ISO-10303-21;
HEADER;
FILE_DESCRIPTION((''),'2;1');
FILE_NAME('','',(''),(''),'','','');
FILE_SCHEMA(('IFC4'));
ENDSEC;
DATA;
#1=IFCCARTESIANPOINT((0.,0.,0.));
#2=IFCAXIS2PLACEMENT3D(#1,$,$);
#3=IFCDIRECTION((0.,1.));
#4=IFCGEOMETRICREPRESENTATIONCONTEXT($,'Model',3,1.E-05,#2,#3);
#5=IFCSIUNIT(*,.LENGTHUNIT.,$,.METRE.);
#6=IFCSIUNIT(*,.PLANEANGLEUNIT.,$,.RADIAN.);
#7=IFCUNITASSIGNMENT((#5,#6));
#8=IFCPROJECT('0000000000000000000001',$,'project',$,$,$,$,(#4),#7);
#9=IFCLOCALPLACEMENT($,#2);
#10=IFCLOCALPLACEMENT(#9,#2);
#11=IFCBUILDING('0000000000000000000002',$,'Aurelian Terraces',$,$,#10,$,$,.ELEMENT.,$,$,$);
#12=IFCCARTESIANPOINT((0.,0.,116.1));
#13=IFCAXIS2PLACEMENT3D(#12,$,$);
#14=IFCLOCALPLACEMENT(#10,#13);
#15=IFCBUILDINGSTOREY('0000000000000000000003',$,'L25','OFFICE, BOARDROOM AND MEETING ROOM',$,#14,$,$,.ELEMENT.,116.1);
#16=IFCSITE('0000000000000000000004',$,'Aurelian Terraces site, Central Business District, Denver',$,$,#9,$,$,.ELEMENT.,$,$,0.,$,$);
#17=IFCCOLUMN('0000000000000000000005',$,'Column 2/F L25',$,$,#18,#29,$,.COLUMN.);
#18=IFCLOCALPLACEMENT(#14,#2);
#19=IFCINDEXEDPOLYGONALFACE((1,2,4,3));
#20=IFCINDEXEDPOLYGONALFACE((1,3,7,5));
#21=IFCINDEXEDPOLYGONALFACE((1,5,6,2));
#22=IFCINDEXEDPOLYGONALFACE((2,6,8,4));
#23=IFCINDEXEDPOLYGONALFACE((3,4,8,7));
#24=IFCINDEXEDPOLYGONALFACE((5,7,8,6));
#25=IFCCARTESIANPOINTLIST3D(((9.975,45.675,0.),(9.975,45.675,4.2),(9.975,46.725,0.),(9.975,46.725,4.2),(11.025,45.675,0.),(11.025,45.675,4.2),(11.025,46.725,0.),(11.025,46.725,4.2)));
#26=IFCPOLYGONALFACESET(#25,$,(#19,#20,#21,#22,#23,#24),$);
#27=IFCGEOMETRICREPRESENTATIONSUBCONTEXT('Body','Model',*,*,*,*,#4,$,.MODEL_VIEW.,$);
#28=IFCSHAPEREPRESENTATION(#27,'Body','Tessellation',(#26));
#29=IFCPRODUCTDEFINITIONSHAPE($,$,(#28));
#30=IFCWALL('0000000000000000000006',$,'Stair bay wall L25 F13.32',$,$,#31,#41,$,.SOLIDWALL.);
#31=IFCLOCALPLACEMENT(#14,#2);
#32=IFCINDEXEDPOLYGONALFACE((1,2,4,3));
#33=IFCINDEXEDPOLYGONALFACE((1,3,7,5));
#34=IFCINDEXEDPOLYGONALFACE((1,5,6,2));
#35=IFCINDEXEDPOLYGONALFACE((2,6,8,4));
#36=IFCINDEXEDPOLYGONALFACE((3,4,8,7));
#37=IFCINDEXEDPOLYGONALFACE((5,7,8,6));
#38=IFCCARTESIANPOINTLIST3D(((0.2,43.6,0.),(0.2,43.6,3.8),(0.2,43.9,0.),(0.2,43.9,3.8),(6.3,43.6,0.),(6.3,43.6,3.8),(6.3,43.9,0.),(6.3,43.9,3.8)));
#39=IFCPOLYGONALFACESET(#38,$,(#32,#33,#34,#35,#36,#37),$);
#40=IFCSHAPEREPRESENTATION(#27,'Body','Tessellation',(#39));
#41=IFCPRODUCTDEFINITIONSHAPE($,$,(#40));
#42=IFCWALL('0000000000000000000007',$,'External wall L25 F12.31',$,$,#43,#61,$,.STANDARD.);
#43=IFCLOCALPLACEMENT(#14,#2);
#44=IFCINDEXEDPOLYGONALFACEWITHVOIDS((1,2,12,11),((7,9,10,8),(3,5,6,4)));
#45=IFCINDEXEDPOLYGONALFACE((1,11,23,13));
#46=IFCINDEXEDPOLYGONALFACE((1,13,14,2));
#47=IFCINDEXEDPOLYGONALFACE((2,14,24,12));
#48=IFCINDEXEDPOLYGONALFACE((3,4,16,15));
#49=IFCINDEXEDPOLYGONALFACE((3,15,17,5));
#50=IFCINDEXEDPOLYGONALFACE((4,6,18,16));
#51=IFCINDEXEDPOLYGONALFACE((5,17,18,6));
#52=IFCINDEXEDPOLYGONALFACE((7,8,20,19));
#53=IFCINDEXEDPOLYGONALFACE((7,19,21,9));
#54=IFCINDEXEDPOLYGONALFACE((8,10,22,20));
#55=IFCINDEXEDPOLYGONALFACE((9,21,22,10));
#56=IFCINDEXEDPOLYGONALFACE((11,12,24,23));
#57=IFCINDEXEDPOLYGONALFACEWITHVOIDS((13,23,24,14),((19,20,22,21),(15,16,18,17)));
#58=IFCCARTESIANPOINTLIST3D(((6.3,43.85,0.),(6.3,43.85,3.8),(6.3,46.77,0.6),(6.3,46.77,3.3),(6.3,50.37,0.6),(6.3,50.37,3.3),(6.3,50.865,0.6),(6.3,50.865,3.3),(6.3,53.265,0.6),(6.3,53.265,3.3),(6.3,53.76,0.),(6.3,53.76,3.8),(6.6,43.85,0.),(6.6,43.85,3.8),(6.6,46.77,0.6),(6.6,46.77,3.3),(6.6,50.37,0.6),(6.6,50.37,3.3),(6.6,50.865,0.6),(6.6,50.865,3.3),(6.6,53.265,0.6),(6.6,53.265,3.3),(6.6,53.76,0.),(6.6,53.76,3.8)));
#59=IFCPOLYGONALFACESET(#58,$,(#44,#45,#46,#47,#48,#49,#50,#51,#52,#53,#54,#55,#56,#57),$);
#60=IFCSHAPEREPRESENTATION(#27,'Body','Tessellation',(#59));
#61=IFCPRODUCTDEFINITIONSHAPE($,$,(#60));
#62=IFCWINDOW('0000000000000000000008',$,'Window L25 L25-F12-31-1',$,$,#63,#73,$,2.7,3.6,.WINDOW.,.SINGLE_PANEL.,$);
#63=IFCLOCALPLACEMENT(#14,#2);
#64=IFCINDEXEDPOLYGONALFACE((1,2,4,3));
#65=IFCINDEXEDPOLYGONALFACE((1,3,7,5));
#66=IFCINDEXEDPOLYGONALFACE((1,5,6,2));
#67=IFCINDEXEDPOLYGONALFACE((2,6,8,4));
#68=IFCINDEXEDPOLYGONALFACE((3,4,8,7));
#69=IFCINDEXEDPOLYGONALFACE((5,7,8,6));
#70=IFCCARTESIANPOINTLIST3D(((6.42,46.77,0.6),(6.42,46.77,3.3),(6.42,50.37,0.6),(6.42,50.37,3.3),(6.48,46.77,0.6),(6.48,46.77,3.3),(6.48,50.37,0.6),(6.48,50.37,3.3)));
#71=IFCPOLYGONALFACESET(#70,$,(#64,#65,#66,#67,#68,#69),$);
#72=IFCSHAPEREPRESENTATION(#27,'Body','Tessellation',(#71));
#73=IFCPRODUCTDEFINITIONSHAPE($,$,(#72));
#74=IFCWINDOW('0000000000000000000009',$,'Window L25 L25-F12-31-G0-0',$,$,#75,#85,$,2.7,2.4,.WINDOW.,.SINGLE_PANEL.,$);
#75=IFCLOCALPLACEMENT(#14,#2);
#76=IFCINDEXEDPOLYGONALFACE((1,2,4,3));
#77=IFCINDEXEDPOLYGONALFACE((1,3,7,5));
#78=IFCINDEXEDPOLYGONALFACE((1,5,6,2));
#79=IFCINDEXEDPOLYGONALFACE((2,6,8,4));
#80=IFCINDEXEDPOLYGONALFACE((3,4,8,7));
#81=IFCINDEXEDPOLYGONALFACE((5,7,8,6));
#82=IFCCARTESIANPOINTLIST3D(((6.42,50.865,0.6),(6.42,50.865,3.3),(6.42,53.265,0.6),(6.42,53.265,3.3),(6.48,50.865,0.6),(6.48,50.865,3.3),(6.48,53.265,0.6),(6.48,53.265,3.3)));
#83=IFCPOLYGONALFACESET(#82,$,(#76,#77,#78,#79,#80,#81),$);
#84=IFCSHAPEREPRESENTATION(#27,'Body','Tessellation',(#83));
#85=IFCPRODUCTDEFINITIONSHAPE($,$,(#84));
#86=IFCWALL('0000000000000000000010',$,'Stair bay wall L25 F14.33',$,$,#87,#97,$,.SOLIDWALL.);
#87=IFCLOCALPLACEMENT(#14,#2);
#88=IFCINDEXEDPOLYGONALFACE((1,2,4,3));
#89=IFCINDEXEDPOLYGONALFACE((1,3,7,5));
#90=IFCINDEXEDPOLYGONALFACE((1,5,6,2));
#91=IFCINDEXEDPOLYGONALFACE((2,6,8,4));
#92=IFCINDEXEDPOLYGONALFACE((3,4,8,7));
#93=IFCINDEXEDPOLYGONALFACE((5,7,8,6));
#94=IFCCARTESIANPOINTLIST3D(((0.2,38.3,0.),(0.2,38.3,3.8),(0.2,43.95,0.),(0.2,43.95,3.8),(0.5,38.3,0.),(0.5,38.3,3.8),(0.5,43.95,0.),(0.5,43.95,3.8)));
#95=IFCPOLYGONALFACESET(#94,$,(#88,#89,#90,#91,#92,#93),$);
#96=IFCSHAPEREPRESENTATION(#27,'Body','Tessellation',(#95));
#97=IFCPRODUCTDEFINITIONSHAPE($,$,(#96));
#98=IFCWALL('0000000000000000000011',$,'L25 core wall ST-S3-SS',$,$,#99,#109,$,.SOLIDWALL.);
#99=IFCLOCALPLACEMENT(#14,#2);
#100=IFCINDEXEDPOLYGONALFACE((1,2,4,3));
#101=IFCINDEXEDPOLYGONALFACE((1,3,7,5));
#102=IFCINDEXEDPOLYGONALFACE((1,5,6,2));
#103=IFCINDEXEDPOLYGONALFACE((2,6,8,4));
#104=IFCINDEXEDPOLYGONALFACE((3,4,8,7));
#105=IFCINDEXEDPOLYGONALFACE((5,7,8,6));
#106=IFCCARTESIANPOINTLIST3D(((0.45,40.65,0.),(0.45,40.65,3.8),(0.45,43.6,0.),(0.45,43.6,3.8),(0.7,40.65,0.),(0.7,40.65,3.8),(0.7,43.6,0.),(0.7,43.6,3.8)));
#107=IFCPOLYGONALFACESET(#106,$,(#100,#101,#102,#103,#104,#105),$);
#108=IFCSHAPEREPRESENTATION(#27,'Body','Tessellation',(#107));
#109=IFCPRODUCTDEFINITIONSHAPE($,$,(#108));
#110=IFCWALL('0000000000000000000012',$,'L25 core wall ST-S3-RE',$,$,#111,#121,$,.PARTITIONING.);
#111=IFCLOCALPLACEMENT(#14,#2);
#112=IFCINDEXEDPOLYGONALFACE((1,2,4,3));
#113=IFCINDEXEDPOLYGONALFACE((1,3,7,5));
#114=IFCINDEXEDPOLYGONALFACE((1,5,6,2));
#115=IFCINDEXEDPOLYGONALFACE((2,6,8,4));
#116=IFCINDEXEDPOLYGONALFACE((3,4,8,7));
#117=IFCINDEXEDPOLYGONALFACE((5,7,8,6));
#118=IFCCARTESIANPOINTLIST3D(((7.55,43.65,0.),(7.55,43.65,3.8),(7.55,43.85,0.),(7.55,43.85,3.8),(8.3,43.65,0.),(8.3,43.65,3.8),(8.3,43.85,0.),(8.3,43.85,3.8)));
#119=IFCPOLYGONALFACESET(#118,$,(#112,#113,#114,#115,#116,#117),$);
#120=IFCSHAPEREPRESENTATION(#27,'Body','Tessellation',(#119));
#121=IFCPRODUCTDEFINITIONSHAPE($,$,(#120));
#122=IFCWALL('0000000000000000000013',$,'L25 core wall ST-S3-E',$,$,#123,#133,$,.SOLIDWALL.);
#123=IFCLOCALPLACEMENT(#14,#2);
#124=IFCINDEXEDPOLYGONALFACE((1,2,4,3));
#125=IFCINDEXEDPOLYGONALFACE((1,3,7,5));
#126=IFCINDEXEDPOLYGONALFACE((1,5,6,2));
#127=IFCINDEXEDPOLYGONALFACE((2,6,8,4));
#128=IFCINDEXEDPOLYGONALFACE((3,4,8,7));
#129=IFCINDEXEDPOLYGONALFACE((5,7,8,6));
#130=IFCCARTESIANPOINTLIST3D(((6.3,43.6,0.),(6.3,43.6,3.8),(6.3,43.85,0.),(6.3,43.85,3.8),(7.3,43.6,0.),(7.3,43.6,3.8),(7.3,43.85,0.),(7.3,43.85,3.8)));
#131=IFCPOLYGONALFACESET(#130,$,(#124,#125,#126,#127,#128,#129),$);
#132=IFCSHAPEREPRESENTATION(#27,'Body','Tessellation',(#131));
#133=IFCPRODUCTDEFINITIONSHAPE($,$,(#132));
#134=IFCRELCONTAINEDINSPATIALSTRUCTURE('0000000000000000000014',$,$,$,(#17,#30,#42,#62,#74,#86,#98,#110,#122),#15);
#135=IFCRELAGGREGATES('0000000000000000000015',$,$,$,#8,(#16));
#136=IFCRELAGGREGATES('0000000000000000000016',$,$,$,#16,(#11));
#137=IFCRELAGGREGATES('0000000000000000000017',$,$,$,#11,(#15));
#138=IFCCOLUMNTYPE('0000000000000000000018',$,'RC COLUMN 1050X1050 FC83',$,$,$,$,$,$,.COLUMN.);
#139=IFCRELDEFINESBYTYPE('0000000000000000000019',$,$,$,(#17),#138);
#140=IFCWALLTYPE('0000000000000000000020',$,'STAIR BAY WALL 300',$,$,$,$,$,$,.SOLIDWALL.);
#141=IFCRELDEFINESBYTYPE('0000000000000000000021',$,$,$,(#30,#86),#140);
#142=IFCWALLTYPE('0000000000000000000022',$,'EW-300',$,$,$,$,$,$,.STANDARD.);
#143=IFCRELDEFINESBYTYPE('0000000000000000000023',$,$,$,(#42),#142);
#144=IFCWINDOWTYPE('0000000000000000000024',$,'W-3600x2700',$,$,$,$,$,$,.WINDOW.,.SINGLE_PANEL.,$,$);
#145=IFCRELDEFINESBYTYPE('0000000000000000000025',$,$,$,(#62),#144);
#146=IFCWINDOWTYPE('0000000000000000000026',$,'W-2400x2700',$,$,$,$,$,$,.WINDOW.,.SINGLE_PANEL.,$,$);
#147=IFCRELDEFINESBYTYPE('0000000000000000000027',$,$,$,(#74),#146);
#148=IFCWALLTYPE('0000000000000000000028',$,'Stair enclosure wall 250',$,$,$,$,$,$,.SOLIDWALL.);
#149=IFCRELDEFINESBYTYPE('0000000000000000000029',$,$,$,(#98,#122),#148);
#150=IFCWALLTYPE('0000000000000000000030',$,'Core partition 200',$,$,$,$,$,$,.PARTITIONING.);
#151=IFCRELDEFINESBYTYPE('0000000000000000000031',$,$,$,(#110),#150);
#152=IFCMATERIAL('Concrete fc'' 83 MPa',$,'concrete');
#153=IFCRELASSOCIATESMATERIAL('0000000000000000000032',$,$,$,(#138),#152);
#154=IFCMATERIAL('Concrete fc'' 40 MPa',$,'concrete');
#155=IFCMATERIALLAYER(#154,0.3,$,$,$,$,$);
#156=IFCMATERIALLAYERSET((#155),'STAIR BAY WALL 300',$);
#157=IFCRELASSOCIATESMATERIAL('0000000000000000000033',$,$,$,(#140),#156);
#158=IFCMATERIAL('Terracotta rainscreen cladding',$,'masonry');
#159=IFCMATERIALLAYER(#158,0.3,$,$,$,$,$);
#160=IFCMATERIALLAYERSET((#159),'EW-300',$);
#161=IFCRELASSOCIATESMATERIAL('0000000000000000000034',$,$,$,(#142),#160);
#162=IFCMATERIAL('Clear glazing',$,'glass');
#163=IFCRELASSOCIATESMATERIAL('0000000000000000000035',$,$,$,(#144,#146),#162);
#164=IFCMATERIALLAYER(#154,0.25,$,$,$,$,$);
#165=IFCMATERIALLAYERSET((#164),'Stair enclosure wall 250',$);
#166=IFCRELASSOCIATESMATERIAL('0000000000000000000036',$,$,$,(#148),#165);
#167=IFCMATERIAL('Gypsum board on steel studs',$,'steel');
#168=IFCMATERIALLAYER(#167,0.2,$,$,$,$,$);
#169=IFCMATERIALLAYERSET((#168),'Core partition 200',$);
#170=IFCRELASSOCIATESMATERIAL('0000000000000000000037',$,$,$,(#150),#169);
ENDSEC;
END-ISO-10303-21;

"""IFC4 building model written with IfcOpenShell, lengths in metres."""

from ifc_helpers import new_model, si_unit, direction, frame, frame_2d, origin, origin_2d, place, context, subcontext, project, spatial, rectangle, extrude, source, transform, mapped, material, layer, layer_set, material_profile, profile_set, type_object, element, fill, save


model = new_model("IFC4")

# Units and contexts
model_context = context("Model", 3, precision=1e-05, world=origin(), true_north=direction((0.0, 1.0)))
body_context = subcontext(model_context, "Body", "Model", "MODEL_VIEW")
ifc_project = project(units=[si_unit("LENGTHUNIT", "METRE"), si_unit("PLANEANGLEUNIT", "RADIAN")], contexts=[model_context])

# Site, building, storey
site_placement = place(None, origin())
site = spatial("IfcSite", under=ifc_project, at=site_placement, Name="Aurelian Terraces site, Central Business District, Denver", CompositionType="ELEMENT", RefElevation=0.0)
building_placement = place(site_placement, origin())
building = spatial("IfcBuilding", under=site, at=building_placement, Name="Aurelian Terraces", CompositionType="ELEMENT")
storey_placement = place(building_placement, frame((0.0, 0.0, 116.1)))
storey = spatial("IfcBuildingStorey", under=building, at=storey_placement, Name="L25", Description="OFFICE, BOARDROOM AND MEETING ROOM", CompositionType="ELEMENT", Elevation=116.1)

# Column
ifc_material_1 = material(Name="Concrete fc' 83 MPa", Category="concrete")
ifc_material_profile = material_profile(ifc_material_1, rectangle(XDim=1.05, YDim=1.05, at=origin_2d()))
ifc_profile_set = profile_set([ifc_material_profile], Name="Concrete fc' 83 MPa")
column_type = type_object("IfcColumnType", Name="RC COLUMN 1050X1050 FC83", PredefinedType="COLUMN", material=ifc_profile_set)
shared_shape_1 = source(origin(), body_context, "Body", "SweptSolid", [
    extrude(rectangle(XDim=1.05, YDim=1.05, at=origin_2d()), origin(), (0.0, 0.0, 1.0), 4.2),
])
column_placement = place(storey_placement, frame((10.5, 46.2, 0.0), z_axis=(0.0, 0.0, 1.0), x_axis=(1.0, 0.0, 0.0)))
element("IfcColumn", 1, at=column_placement, inside=storey, type_object=column_type, Name="Column 2/F L25", PredefinedType="COLUMN", context=body_context, shape_type="MappedRepresentation", body=[
    mapped(shared_shape_1, transform((0.0, 0.0, 0.0), scale=1.0)),
])

# Wall
ifc_material_2 = material(Name="Concrete fc' 40 MPa", Category="concrete")
ifc_layer_1 = layer(ifc_material_2, 0.3)
ifc_layer_set_1 = layer_set([ifc_layer_1], Name="STAIR BAY WALL 300")
wall_type_1 = type_object("IfcWallType", Name="STAIR BAY WALL 300", PredefinedType="SOLIDWALL", material=ifc_layer_set_1)
shared_shape_2 = source(origin(), body_context, "Body", "SweptSolid", [
    extrude(rectangle(XDim=6.1, YDim=0.3, at=frame_2d((3.05, 0.0))), origin(), (0.0, 0.0, 1.0), 3.8),
])
wall_1_placement = place(storey_placement, frame((6.3, 43.75, 0.0), z_axis=(0.0, 0.0, 1.0), x_axis=(-1.0, 0.0, 0.0)))
element("IfcWall", 2, at=wall_1_placement, inside=storey, type_object=wall_type_1, Name="Stair bay wall L25 F13.32", PredefinedType="SOLIDWALL", context=body_context, shape_type="MappedRepresentation", body=[
    mapped(shared_shape_2, transform((0.0, 0.0, 0.0), scale=1.0)),
])

# Wall, openings, windows
ifc_material_3 = material(Name="Terracotta rainscreen cladding", Category="masonry")
ifc_layer_2 = layer(ifc_material_3, 0.3)
ifc_layer_set_2 = layer_set([ifc_layer_2], Name="EW-300")
wall_type_2 = type_object("IfcWallType", Name="EW-300", PredefinedType="STANDARD", material=ifc_layer_set_2)
shared_shape_3 = source(origin(), body_context, "Body", "SweptSolid", [
    extrude(rectangle(XDim=9.91, YDim=0.3, at=frame_2d((4.955, 0.0))), origin(), (0.0, 0.0, 1.0), 3.8),
])
wall_2_placement = place(storey_placement, frame((6.45, 53.76, 0.0), z_axis=(0.0, 0.0, 1.0), x_axis=(0.0, -1.0, 0.0)))
wall_2 = element("IfcWall", 3, at=wall_2_placement, inside=storey, type_object=wall_type_2, Name="External wall L25 F12.31", PredefinedType="STANDARD", context=body_context, shape_type="MappedRepresentation", body=[
    mapped(shared_shape_3, transform((0.0, 0.0, 0.0), scale=1.0)),
])
shared_shape_4 = source(origin(), body_context, "Body", "SweptSolid", [
    extrude(rectangle(XDim=3.6, YDim=2.7, at=frame_2d((1.8, 1.35))), frame((0.0, 0.16, 0.0), z_axis=(0.0, -1.0, 0.0), x_axis=(1.0, 0.0, 0.0)), (0.0, 0.0, 1.0), 0.32),
])
opening_1_placement = place(wall_2_placement, frame((3.39, 0.0, 0.6)))
opening_1 = element("IfcOpeningElement", 4, at=opening_1_placement, cuts=wall_2, PredefinedType="OPENING", context=body_context, shape_type="MappedRepresentation", body=[
    mapped(shared_shape_4, transform((0.0, 0.0, 0.0), scale=1.0)),
])
shared_shape_5 = source(origin(), body_context, "Body", "SweptSolid", [
    extrude(rectangle(XDim=2.4, YDim=2.7, at=frame_2d((1.2, 1.35))), frame((0.0, 0.16, 0.0), z_axis=(0.0, -1.0, 0.0), x_axis=(1.0, 0.0, 0.0)), (0.0, 0.0, 1.0), 0.32),
])
opening_2_placement = place(wall_2_placement, frame((0.495, 0.0, 0.6)))
opening_2 = element("IfcOpeningElement", 5, at=opening_2_placement, cuts=wall_2, PredefinedType="OPENING", context=body_context, shape_type="MappedRepresentation", body=[
    mapped(shared_shape_5, transform((0.0, 0.0, 0.0), scale=1.0)),
])
ifc_material_4 = material(Name="Clear glazing", Category="glass")
window_type_1 = type_object("IfcWindowType", Name="W-3600x2700", PartitioningType="SINGLE_PANEL", PredefinedType="WINDOW", material=ifc_material_4)
shared_shape_6 = source(origin(), body_context, "Body", "SweptSolid", [
    extrude(rectangle(XDim=3.6, YDim=2.7, at=frame_2d((1.8, 1.35))), frame((0.0, 0.03, 0.0), z_axis=(0.0, -1.0, 0.0), x_axis=(1.0, 0.0, 0.0)), (0.0, 0.0, 1.0), 0.06),
])
window_1_placement = place(opening_1_placement, origin())
window_1 = element("IfcWindow", 6, at=window_1_placement, inside=storey, type_object=window_type_1, Name="Window L25 L25-F12-31-1", OverallHeight=2.7, OverallWidth=3.6, PartitioningType="SINGLE_PANEL", PredefinedType="WINDOW", context=body_context, shape_type="MappedRepresentation", body=[
    mapped(shared_shape_6, transform((0.0, 0.0, 0.0), scale=1.0)),
])
fill(opening_1, window_1)
window_type_2 = type_object("IfcWindowType", Name="W-2400x2700", PartitioningType="SINGLE_PANEL", PredefinedType="WINDOW", material=ifc_material_4)
shared_shape_7 = source(origin(), body_context, "Body", "SweptSolid", [
    extrude(rectangle(XDim=2.4, YDim=2.7, at=frame_2d((1.2, 1.35))), frame((0.0, 0.03, 0.0), z_axis=(0.0, -1.0, 0.0), x_axis=(1.0, 0.0, 0.0)), (0.0, 0.0, 1.0), 0.06),
])
window_2_placement = place(opening_2_placement, origin())
window_2 = element("IfcWindow", 7, at=window_2_placement, inside=storey, type_object=window_type_2, Name="Window L25 L25-F12-31-G0-0", OverallHeight=2.7, OverallWidth=2.4, PartitioningType="SINGLE_PANEL", PredefinedType="WINDOW", context=body_context, shape_type="MappedRepresentation", body=[
    mapped(shared_shape_7, transform((0.0, 0.0, 0.0), scale=1.0)),
])
fill(opening_2, window_2)

# Walls
shared_shape_8 = source(origin(), body_context, "Body", "SweptSolid", [
    extrude(rectangle(XDim=5.65, YDim=0.3, at=frame_2d((2.825, 0.0))), origin(), (0.0, 0.0, 1.0), 3.8),
])
wall_3_placement = place(storey_placement, frame((0.35, 43.95, 0.0), z_axis=(0.0, 0.0, 1.0), x_axis=(0.0, -1.0, 0.0)))
element("IfcWall", 8, at=wall_3_placement, inside=storey, type_object=wall_type_1, Name="Stair bay wall L25 F14.33", PredefinedType="SOLIDWALL", context=body_context, shape_type="MappedRepresentation", body=[
    mapped(shared_shape_8, transform((0.0, 0.0, 0.0), scale=1.0)),
])
ifc_layer_3 = layer(ifc_material_2, 0.25)
ifc_layer_set_3 = layer_set([ifc_layer_3], Name="Stair enclosure wall 250")
wall_type_3 = type_object("IfcWallType", Name="Stair enclosure wall 250", PredefinedType="SOLIDWALL", material=ifc_layer_set_3)
shared_shape_9 = source(origin(), body_context, "Body", "SweptSolid", [
    extrude(rectangle(XDim=2.95, YDim=0.25, at=frame_2d((1.475, 0.0))), origin(), (0.0, 0.0, 1.0), 3.8),
])
wall_4_placement = place(storey_placement, frame((0.575, 40.65, 0.0), z_axis=(0.0, 0.0, 1.0), x_axis=(0.0, 1.0, 0.0)))
element("IfcWall", 9, at=wall_4_placement, inside=storey, type_object=wall_type_3, Name="L25 core wall ST-S3-SS", PredefinedType="SOLIDWALL", context=body_context, shape_type="MappedRepresentation", body=[
    mapped(shared_shape_9, transform((0.0, 0.0, 0.0), scale=1.0)),
])
ifc_material_5 = material(Name="Gypsum board on steel studs", Category="steel")
ifc_layer_4 = layer(ifc_material_5, 0.2)
ifc_layer_set_4 = layer_set([ifc_layer_4], Name="Core partition 200")
wall_type_4 = type_object("IfcWallType", Name="Core partition 200", PredefinedType="PARTITIONING", material=ifc_layer_set_4)
shared_shape_10 = source(origin(), body_context, "Body", "SweptSolid", [
    extrude(rectangle(XDim=0.75, YDim=0.2, at=frame_2d((0.375, 0.0))), origin(), (0.0, 0.0, 1.0), 3.8),
])
wall_5_placement = place(storey_placement, frame((7.55, 43.75, 0.0), z_axis=(0.0, 0.0, 1.0), x_axis=(1.0, 0.0, 0.0)))
element("IfcWall", 10, at=wall_5_placement, inside=storey, type_object=wall_type_4, Name="L25 core wall ST-S3-RE", PredefinedType="PARTITIONING", context=body_context, shape_type="MappedRepresentation", body=[
    mapped(shared_shape_10, transform((0.0, 0.0, 0.0), scale=1.0)),
])
shared_shape_11 = source(origin(), body_context, "Body", "SweptSolid", [
    extrude(rectangle(XDim=1.0, YDim=0.25, at=frame_2d((0.5, 0.0))), origin(), (0.0, 0.0, 1.0), 3.8),
])
wall_6_placement = place(storey_placement, frame((6.3, 43.725, 0.0), z_axis=(0.0, 0.0, 1.0), x_axis=(1.0, 0.0, 0.0)))
element("IfcWall", 11, at=wall_6_placement, inside=storey, type_object=wall_type_3, Name="L25 core wall ST-S3-E", PredefinedType="SOLIDWALL", context=body_context, shape_type="MappedRepresentation", body=[
    mapped(shared_shape_11, transform((0.0, 0.0, 0.0), scale=1.0)),
])

save(model, "model.ifc")
